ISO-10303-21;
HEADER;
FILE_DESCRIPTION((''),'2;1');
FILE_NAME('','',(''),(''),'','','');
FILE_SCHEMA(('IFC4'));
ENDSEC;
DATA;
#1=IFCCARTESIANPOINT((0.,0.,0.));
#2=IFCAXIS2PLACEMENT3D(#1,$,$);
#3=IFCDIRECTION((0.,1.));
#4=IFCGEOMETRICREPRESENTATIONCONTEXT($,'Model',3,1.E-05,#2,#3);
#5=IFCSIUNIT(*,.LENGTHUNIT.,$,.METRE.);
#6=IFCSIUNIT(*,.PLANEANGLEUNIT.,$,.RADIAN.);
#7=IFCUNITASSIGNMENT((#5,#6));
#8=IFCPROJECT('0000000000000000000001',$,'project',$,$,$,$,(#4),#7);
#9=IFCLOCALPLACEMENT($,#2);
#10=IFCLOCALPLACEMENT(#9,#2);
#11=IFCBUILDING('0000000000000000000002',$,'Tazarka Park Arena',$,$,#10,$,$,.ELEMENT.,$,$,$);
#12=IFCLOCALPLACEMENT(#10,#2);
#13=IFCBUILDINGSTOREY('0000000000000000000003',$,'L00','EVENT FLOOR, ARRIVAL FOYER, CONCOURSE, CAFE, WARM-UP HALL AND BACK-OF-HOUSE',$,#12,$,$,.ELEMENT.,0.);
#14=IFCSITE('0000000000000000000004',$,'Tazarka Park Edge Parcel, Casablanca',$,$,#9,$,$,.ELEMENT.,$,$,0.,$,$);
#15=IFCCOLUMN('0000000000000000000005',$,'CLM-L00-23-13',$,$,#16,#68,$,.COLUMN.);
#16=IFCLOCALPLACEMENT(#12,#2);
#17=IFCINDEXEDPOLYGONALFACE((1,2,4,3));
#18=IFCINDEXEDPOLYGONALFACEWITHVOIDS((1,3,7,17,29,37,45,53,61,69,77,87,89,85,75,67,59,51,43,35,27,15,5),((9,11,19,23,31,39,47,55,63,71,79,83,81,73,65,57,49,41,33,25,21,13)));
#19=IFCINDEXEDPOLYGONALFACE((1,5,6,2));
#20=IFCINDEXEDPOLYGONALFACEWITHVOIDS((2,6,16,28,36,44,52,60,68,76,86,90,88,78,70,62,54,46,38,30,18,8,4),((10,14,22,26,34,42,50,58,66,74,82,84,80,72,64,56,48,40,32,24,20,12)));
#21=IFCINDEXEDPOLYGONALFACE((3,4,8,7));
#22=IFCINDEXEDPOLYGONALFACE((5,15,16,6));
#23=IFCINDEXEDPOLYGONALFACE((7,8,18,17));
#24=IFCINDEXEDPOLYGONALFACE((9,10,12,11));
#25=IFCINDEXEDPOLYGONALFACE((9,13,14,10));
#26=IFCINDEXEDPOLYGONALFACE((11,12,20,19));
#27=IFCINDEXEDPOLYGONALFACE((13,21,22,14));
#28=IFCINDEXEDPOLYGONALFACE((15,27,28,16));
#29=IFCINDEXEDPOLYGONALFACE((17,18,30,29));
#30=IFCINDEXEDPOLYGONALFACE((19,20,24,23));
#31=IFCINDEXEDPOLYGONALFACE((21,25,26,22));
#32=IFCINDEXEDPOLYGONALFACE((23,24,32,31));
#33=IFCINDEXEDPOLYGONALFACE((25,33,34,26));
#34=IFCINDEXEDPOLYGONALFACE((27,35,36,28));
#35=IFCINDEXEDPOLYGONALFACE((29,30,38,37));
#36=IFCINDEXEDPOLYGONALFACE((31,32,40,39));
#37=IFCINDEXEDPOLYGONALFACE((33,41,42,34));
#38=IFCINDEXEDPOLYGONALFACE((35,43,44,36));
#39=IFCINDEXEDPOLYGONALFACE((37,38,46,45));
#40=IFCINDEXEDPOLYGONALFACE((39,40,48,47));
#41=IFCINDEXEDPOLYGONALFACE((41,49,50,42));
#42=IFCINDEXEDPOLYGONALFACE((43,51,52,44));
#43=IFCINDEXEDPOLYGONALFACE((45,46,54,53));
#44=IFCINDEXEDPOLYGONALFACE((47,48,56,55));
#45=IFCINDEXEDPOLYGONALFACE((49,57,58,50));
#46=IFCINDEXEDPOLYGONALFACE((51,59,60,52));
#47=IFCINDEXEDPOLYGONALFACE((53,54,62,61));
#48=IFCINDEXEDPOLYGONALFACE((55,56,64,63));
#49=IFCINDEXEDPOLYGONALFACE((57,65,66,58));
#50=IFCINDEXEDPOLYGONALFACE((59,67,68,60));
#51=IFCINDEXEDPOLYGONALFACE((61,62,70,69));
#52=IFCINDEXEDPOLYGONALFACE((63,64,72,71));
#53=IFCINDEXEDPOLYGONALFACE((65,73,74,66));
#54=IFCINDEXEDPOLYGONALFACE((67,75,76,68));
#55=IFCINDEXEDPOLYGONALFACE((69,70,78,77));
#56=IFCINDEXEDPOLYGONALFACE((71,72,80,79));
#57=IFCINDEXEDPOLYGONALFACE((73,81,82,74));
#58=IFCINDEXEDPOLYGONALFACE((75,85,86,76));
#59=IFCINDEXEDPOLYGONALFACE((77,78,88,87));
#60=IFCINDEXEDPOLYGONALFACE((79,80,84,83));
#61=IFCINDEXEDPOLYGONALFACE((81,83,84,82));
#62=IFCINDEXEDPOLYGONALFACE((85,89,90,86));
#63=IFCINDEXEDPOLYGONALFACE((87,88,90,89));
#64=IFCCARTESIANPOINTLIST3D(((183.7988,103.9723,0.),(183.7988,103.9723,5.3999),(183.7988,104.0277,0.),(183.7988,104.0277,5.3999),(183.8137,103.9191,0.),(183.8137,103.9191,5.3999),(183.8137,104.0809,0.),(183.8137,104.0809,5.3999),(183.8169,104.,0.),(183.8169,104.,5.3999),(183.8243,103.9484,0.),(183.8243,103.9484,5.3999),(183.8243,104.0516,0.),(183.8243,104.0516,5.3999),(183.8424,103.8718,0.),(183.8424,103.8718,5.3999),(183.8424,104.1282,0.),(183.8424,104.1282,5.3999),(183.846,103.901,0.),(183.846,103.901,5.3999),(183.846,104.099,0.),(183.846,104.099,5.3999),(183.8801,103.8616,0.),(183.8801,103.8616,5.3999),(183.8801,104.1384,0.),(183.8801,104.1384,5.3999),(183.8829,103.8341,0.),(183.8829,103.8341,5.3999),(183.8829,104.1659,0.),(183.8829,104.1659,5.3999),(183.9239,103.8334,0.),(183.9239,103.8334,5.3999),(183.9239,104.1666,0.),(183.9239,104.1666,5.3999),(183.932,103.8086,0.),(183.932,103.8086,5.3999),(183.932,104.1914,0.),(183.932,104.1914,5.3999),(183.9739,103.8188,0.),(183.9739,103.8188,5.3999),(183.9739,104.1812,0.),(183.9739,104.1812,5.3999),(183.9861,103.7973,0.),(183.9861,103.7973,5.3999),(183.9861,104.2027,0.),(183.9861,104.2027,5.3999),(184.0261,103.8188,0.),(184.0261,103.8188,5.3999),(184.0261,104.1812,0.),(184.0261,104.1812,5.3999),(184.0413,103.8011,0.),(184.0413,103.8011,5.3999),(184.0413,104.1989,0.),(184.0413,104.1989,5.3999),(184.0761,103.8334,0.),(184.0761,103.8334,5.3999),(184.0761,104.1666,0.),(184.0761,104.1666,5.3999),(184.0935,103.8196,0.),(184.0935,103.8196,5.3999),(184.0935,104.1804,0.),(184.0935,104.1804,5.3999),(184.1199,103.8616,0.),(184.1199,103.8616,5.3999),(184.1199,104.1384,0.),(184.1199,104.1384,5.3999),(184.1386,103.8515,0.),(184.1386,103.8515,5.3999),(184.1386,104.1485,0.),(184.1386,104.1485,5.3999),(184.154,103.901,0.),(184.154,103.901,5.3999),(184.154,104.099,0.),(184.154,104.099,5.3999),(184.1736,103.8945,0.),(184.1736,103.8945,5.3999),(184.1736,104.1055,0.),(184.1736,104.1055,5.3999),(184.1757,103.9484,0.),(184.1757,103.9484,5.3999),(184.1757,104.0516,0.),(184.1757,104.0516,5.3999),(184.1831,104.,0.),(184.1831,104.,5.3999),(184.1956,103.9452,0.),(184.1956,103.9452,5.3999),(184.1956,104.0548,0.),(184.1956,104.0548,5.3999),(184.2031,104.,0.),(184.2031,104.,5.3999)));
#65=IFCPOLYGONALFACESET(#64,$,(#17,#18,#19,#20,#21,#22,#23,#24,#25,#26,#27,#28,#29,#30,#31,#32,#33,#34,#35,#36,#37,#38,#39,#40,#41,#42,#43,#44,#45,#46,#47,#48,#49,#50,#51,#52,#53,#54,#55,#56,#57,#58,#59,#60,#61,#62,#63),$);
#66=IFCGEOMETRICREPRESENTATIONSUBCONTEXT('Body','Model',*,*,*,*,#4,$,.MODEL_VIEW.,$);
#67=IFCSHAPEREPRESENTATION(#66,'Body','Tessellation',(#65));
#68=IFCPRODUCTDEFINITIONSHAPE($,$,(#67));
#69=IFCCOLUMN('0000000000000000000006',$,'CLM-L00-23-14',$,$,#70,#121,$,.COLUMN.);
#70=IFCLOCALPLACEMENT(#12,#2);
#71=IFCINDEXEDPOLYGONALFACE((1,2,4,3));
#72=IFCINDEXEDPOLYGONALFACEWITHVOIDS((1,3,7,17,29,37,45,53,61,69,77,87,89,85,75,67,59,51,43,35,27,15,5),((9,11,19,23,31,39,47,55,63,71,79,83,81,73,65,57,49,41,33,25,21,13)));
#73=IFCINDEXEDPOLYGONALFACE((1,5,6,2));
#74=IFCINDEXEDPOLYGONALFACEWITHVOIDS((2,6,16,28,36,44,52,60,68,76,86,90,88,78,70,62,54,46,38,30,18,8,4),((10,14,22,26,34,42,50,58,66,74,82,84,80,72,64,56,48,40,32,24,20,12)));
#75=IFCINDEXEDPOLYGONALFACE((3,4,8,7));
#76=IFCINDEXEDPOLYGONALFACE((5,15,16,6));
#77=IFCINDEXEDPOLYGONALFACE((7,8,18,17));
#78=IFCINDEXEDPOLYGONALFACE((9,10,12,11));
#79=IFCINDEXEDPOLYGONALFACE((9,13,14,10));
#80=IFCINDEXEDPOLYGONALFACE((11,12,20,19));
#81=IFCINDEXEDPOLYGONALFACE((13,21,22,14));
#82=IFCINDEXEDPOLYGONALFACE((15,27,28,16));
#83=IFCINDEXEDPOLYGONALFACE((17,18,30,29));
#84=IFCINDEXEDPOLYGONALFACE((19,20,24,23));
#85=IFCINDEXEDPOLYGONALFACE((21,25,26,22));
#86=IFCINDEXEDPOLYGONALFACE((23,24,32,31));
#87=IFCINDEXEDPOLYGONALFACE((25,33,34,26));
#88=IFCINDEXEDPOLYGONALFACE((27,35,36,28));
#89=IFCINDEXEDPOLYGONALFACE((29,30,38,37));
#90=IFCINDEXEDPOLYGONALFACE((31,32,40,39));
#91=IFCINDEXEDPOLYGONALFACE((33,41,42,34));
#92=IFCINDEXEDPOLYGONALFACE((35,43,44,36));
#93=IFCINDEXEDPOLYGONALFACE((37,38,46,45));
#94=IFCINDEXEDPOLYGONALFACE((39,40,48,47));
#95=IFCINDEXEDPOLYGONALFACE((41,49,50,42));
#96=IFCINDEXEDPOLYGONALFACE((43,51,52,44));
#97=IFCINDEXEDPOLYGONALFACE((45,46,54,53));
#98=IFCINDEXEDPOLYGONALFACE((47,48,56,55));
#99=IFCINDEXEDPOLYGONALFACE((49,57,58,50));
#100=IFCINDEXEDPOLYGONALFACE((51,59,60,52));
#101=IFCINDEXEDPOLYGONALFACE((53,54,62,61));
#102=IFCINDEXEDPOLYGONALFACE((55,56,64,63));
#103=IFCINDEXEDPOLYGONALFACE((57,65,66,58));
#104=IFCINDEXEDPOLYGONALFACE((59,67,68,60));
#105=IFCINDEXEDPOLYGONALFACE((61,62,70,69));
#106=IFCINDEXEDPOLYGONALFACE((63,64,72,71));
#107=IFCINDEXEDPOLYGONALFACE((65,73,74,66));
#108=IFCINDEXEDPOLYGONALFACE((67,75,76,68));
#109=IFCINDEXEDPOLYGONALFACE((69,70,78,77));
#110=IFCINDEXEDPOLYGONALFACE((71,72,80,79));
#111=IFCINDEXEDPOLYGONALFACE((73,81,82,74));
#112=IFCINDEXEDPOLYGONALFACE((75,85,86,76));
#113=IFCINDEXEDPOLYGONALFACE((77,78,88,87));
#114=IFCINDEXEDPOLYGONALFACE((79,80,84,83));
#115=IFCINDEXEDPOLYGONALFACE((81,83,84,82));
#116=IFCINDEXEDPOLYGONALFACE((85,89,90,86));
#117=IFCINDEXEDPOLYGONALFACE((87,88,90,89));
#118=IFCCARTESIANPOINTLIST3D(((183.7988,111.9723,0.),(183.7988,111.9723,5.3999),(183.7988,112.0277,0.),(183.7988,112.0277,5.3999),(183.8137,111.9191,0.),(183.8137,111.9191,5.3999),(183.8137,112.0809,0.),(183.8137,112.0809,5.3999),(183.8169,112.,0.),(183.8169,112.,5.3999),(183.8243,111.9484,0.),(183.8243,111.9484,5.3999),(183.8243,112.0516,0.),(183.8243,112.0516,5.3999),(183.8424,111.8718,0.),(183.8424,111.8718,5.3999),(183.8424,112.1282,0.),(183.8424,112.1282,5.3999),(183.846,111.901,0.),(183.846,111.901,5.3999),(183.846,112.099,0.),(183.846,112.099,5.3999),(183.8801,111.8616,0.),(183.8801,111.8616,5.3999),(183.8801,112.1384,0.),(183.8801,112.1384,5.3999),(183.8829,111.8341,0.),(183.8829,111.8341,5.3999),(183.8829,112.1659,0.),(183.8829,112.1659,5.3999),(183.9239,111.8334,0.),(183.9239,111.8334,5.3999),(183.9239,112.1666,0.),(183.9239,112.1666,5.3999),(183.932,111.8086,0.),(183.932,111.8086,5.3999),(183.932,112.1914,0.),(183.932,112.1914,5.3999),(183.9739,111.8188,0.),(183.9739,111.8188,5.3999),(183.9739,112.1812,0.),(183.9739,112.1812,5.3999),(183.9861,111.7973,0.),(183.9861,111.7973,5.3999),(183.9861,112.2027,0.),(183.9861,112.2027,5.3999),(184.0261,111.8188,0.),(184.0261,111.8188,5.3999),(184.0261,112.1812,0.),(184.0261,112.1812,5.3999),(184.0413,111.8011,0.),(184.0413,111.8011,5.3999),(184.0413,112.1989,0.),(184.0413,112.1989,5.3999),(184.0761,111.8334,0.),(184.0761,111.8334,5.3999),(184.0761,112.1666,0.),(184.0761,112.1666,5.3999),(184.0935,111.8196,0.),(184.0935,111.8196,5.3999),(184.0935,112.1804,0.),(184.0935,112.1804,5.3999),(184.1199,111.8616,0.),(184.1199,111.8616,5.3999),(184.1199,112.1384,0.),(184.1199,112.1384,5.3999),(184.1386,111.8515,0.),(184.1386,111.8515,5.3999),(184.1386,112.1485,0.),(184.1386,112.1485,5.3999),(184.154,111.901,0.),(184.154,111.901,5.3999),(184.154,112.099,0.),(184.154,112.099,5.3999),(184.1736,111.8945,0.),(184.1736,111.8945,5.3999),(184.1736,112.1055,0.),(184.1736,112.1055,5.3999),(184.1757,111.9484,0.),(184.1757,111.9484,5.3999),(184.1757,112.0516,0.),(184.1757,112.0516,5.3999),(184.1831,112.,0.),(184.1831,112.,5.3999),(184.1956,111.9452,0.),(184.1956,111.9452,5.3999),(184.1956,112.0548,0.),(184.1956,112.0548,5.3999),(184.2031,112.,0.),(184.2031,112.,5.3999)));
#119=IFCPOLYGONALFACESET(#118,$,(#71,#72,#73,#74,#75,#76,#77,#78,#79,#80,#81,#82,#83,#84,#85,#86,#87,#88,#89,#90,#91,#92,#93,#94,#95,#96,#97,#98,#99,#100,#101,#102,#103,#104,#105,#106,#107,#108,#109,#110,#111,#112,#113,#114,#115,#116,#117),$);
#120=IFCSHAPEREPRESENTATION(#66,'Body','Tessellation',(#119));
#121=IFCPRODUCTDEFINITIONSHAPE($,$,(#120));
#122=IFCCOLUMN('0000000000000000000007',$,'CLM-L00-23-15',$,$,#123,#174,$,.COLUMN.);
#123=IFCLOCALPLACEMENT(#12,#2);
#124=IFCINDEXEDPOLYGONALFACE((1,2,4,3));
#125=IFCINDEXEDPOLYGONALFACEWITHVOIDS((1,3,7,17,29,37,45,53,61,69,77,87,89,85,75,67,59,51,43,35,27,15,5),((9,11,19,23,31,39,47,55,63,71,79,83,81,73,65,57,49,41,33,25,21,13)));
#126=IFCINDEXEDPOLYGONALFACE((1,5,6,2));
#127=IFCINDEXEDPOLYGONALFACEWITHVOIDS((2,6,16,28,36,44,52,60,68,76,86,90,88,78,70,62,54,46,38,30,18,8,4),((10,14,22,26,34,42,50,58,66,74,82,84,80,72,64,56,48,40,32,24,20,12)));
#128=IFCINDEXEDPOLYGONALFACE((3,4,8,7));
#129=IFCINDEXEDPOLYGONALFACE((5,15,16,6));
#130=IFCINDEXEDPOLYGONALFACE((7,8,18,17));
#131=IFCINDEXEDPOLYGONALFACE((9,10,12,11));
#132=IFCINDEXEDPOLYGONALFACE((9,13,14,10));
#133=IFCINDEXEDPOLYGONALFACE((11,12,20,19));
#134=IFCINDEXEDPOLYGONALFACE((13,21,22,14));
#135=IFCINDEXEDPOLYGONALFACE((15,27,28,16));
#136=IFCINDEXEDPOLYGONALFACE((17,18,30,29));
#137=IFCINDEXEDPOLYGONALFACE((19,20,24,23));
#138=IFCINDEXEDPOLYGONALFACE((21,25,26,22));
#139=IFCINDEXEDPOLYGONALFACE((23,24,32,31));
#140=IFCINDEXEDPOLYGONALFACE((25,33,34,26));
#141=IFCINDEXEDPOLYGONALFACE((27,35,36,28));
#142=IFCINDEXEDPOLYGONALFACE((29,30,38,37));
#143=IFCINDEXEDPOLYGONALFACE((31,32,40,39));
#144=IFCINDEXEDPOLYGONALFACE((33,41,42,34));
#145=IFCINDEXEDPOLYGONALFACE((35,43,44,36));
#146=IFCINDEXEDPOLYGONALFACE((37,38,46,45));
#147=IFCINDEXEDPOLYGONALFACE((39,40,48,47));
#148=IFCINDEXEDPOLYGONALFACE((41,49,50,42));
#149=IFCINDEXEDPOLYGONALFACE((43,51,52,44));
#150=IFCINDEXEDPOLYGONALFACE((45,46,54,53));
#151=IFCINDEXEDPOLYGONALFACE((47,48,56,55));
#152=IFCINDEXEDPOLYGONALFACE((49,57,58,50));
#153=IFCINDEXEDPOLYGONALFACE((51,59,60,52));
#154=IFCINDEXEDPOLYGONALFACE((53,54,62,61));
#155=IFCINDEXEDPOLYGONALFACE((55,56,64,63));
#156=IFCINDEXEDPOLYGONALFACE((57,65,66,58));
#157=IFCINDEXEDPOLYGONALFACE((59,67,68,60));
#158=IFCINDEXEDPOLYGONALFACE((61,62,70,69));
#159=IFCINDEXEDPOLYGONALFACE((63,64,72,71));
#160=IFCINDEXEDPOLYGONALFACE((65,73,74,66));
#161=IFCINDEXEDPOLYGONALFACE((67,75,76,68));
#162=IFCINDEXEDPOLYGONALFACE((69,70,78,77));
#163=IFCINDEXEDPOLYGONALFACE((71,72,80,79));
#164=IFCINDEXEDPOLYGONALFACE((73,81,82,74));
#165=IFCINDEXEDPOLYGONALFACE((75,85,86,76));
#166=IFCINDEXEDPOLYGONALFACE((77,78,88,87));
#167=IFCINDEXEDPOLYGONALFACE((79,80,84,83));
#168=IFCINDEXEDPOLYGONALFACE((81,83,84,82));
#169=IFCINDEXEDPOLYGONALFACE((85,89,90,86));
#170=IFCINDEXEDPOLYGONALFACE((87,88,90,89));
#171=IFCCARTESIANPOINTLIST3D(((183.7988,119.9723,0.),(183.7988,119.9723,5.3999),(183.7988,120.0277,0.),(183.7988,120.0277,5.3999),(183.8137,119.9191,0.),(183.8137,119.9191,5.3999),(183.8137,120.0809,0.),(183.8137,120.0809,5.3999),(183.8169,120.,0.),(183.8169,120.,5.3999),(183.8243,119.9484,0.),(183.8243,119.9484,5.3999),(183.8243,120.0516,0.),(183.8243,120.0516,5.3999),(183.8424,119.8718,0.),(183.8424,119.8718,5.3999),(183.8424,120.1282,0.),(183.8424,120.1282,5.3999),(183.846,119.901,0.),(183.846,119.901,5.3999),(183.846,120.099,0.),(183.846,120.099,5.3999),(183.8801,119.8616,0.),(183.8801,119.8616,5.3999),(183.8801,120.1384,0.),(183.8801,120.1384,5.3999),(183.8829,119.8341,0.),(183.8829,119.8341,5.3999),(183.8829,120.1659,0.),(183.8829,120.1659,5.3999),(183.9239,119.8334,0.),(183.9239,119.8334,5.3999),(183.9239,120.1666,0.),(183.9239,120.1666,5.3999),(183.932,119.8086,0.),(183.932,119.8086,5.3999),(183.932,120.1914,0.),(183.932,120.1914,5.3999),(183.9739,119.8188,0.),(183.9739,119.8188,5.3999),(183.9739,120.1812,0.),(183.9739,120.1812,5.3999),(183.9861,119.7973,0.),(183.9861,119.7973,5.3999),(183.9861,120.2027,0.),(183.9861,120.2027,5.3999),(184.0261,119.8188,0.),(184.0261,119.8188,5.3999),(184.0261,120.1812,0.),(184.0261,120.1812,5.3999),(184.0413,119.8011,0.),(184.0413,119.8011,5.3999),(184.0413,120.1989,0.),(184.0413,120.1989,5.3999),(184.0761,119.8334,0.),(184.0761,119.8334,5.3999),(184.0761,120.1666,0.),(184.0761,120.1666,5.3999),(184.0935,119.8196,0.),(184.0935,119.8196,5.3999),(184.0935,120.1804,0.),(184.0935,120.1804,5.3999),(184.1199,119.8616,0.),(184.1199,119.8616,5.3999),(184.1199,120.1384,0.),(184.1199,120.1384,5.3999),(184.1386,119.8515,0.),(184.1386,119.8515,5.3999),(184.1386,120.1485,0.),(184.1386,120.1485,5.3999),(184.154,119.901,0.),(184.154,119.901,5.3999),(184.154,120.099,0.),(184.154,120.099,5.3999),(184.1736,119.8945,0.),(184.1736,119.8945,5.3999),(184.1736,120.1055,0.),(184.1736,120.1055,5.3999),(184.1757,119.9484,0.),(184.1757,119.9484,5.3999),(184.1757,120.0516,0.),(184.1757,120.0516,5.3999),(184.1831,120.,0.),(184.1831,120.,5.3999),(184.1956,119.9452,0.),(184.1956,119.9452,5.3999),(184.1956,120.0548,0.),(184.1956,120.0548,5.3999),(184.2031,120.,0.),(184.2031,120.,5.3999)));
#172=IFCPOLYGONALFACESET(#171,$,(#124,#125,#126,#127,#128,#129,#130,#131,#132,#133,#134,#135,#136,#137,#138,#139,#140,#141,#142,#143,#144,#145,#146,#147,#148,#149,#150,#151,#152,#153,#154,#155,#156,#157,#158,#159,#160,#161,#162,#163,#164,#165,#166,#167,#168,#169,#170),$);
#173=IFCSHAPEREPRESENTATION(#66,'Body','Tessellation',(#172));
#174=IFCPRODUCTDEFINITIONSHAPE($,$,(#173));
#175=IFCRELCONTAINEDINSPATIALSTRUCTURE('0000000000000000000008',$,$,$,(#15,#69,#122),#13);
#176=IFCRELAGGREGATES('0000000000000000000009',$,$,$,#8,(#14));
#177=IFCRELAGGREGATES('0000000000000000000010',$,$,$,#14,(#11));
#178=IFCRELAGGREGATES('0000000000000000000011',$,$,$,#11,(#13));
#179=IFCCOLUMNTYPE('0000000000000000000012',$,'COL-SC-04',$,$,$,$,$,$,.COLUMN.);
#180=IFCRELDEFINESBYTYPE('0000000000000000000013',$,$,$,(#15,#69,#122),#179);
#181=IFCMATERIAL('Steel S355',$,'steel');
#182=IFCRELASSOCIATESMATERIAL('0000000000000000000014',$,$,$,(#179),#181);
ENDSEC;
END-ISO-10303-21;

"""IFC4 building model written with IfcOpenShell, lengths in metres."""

from ifc_helpers import new_model, si_unit, direction, frame, origin, origin_2d, place, context, subcontext, project, spatial, hollow_circle, extrude, material, material_profile, profile_set, type_object, element, save


model = new_model("IFC4")

# Units and contexts
model_context = context("Model", 3, precision=1e-05, world=origin(), true_north=direction((0.0, 1.0)))
body_context = subcontext(model_context, "Body", "Model", "MODEL_VIEW")
ifc_project = project(units=[si_unit("LENGTHUNIT", "METRE"), si_unit("PLANEANGLEUNIT", "RADIAN")], contexts=[model_context])

# Site, building, storey
site_placement = place(None, origin())
site = spatial("IfcSite", under=ifc_project, at=site_placement, Name="Tazarka Park Edge Parcel, Casablanca", CompositionType="ELEMENT", RefElevation=0.0)
building_placement = place(site_placement, origin())
building = spatial("IfcBuilding", under=site, at=building_placement, Name="Tazarka Park Arena", CompositionType="ELEMENT")
storey_placement = place(building_placement, origin())
storey = spatial("IfcBuildingStorey", under=building, at=storey_placement, Name="L00", Description="EVENT FLOOR, ARRIVAL FOYER, CONCOURSE, CAFE, WARM-UP HALL AND BACK-OF-HOUSE", CompositionType="ELEMENT", Elevation=0.0)

# Columns
ifc_material_1 = material(Name="Steel S355", Category="steel")
ifc_material_profile_1 = material_profile(ifc_material_1, hollow_circle(Radius=0.2031, WallThickness=0.02, at=origin_2d()), Name="Steel S355")
ifc_profile_set_1 = profile_set([ifc_material_profile_1], Name="Steel S355")
column_type_1 = type_object("IfcColumnType", Name="COL-SC-04", PredefinedType="COLUMN", material=ifc_profile_set_1)
for number, where, z_axis, x_axis, name in (
    (1, (184.0, 104.0, 0.0), (0.0, 0.0, 1.0), (1.0, 0.0, 0.0), "CLM-L00-23-13"),
    (2, (184.0, 112.0, 0.0), (0.0, 0.0, 1.0), (1.0, 0.0, 0.0), "CLM-L00-23-14"),
    (3, (184.0, 120.0, 0.0), (0.0, 0.0, 1.0), (1.0, 0.0, 0.0), "CLM-L00-23-15"),
):
    element("IfcColumn", number, at=place(storey_placement, frame(where, z_axis=z_axis, x_axis=x_axis)), inside=storey, type_object=column_type_1, Name=name, PredefinedType="COLUMN", context=body_context, shape_type="SweptSolid", body=[
        extrude(hollow_circle(Radius=0.2031, WallThickness=0.02, at=origin_2d()), origin(), (0.0, 0.0, 1.0), 5.3999),
    ])

save(model, "model.ifc")
